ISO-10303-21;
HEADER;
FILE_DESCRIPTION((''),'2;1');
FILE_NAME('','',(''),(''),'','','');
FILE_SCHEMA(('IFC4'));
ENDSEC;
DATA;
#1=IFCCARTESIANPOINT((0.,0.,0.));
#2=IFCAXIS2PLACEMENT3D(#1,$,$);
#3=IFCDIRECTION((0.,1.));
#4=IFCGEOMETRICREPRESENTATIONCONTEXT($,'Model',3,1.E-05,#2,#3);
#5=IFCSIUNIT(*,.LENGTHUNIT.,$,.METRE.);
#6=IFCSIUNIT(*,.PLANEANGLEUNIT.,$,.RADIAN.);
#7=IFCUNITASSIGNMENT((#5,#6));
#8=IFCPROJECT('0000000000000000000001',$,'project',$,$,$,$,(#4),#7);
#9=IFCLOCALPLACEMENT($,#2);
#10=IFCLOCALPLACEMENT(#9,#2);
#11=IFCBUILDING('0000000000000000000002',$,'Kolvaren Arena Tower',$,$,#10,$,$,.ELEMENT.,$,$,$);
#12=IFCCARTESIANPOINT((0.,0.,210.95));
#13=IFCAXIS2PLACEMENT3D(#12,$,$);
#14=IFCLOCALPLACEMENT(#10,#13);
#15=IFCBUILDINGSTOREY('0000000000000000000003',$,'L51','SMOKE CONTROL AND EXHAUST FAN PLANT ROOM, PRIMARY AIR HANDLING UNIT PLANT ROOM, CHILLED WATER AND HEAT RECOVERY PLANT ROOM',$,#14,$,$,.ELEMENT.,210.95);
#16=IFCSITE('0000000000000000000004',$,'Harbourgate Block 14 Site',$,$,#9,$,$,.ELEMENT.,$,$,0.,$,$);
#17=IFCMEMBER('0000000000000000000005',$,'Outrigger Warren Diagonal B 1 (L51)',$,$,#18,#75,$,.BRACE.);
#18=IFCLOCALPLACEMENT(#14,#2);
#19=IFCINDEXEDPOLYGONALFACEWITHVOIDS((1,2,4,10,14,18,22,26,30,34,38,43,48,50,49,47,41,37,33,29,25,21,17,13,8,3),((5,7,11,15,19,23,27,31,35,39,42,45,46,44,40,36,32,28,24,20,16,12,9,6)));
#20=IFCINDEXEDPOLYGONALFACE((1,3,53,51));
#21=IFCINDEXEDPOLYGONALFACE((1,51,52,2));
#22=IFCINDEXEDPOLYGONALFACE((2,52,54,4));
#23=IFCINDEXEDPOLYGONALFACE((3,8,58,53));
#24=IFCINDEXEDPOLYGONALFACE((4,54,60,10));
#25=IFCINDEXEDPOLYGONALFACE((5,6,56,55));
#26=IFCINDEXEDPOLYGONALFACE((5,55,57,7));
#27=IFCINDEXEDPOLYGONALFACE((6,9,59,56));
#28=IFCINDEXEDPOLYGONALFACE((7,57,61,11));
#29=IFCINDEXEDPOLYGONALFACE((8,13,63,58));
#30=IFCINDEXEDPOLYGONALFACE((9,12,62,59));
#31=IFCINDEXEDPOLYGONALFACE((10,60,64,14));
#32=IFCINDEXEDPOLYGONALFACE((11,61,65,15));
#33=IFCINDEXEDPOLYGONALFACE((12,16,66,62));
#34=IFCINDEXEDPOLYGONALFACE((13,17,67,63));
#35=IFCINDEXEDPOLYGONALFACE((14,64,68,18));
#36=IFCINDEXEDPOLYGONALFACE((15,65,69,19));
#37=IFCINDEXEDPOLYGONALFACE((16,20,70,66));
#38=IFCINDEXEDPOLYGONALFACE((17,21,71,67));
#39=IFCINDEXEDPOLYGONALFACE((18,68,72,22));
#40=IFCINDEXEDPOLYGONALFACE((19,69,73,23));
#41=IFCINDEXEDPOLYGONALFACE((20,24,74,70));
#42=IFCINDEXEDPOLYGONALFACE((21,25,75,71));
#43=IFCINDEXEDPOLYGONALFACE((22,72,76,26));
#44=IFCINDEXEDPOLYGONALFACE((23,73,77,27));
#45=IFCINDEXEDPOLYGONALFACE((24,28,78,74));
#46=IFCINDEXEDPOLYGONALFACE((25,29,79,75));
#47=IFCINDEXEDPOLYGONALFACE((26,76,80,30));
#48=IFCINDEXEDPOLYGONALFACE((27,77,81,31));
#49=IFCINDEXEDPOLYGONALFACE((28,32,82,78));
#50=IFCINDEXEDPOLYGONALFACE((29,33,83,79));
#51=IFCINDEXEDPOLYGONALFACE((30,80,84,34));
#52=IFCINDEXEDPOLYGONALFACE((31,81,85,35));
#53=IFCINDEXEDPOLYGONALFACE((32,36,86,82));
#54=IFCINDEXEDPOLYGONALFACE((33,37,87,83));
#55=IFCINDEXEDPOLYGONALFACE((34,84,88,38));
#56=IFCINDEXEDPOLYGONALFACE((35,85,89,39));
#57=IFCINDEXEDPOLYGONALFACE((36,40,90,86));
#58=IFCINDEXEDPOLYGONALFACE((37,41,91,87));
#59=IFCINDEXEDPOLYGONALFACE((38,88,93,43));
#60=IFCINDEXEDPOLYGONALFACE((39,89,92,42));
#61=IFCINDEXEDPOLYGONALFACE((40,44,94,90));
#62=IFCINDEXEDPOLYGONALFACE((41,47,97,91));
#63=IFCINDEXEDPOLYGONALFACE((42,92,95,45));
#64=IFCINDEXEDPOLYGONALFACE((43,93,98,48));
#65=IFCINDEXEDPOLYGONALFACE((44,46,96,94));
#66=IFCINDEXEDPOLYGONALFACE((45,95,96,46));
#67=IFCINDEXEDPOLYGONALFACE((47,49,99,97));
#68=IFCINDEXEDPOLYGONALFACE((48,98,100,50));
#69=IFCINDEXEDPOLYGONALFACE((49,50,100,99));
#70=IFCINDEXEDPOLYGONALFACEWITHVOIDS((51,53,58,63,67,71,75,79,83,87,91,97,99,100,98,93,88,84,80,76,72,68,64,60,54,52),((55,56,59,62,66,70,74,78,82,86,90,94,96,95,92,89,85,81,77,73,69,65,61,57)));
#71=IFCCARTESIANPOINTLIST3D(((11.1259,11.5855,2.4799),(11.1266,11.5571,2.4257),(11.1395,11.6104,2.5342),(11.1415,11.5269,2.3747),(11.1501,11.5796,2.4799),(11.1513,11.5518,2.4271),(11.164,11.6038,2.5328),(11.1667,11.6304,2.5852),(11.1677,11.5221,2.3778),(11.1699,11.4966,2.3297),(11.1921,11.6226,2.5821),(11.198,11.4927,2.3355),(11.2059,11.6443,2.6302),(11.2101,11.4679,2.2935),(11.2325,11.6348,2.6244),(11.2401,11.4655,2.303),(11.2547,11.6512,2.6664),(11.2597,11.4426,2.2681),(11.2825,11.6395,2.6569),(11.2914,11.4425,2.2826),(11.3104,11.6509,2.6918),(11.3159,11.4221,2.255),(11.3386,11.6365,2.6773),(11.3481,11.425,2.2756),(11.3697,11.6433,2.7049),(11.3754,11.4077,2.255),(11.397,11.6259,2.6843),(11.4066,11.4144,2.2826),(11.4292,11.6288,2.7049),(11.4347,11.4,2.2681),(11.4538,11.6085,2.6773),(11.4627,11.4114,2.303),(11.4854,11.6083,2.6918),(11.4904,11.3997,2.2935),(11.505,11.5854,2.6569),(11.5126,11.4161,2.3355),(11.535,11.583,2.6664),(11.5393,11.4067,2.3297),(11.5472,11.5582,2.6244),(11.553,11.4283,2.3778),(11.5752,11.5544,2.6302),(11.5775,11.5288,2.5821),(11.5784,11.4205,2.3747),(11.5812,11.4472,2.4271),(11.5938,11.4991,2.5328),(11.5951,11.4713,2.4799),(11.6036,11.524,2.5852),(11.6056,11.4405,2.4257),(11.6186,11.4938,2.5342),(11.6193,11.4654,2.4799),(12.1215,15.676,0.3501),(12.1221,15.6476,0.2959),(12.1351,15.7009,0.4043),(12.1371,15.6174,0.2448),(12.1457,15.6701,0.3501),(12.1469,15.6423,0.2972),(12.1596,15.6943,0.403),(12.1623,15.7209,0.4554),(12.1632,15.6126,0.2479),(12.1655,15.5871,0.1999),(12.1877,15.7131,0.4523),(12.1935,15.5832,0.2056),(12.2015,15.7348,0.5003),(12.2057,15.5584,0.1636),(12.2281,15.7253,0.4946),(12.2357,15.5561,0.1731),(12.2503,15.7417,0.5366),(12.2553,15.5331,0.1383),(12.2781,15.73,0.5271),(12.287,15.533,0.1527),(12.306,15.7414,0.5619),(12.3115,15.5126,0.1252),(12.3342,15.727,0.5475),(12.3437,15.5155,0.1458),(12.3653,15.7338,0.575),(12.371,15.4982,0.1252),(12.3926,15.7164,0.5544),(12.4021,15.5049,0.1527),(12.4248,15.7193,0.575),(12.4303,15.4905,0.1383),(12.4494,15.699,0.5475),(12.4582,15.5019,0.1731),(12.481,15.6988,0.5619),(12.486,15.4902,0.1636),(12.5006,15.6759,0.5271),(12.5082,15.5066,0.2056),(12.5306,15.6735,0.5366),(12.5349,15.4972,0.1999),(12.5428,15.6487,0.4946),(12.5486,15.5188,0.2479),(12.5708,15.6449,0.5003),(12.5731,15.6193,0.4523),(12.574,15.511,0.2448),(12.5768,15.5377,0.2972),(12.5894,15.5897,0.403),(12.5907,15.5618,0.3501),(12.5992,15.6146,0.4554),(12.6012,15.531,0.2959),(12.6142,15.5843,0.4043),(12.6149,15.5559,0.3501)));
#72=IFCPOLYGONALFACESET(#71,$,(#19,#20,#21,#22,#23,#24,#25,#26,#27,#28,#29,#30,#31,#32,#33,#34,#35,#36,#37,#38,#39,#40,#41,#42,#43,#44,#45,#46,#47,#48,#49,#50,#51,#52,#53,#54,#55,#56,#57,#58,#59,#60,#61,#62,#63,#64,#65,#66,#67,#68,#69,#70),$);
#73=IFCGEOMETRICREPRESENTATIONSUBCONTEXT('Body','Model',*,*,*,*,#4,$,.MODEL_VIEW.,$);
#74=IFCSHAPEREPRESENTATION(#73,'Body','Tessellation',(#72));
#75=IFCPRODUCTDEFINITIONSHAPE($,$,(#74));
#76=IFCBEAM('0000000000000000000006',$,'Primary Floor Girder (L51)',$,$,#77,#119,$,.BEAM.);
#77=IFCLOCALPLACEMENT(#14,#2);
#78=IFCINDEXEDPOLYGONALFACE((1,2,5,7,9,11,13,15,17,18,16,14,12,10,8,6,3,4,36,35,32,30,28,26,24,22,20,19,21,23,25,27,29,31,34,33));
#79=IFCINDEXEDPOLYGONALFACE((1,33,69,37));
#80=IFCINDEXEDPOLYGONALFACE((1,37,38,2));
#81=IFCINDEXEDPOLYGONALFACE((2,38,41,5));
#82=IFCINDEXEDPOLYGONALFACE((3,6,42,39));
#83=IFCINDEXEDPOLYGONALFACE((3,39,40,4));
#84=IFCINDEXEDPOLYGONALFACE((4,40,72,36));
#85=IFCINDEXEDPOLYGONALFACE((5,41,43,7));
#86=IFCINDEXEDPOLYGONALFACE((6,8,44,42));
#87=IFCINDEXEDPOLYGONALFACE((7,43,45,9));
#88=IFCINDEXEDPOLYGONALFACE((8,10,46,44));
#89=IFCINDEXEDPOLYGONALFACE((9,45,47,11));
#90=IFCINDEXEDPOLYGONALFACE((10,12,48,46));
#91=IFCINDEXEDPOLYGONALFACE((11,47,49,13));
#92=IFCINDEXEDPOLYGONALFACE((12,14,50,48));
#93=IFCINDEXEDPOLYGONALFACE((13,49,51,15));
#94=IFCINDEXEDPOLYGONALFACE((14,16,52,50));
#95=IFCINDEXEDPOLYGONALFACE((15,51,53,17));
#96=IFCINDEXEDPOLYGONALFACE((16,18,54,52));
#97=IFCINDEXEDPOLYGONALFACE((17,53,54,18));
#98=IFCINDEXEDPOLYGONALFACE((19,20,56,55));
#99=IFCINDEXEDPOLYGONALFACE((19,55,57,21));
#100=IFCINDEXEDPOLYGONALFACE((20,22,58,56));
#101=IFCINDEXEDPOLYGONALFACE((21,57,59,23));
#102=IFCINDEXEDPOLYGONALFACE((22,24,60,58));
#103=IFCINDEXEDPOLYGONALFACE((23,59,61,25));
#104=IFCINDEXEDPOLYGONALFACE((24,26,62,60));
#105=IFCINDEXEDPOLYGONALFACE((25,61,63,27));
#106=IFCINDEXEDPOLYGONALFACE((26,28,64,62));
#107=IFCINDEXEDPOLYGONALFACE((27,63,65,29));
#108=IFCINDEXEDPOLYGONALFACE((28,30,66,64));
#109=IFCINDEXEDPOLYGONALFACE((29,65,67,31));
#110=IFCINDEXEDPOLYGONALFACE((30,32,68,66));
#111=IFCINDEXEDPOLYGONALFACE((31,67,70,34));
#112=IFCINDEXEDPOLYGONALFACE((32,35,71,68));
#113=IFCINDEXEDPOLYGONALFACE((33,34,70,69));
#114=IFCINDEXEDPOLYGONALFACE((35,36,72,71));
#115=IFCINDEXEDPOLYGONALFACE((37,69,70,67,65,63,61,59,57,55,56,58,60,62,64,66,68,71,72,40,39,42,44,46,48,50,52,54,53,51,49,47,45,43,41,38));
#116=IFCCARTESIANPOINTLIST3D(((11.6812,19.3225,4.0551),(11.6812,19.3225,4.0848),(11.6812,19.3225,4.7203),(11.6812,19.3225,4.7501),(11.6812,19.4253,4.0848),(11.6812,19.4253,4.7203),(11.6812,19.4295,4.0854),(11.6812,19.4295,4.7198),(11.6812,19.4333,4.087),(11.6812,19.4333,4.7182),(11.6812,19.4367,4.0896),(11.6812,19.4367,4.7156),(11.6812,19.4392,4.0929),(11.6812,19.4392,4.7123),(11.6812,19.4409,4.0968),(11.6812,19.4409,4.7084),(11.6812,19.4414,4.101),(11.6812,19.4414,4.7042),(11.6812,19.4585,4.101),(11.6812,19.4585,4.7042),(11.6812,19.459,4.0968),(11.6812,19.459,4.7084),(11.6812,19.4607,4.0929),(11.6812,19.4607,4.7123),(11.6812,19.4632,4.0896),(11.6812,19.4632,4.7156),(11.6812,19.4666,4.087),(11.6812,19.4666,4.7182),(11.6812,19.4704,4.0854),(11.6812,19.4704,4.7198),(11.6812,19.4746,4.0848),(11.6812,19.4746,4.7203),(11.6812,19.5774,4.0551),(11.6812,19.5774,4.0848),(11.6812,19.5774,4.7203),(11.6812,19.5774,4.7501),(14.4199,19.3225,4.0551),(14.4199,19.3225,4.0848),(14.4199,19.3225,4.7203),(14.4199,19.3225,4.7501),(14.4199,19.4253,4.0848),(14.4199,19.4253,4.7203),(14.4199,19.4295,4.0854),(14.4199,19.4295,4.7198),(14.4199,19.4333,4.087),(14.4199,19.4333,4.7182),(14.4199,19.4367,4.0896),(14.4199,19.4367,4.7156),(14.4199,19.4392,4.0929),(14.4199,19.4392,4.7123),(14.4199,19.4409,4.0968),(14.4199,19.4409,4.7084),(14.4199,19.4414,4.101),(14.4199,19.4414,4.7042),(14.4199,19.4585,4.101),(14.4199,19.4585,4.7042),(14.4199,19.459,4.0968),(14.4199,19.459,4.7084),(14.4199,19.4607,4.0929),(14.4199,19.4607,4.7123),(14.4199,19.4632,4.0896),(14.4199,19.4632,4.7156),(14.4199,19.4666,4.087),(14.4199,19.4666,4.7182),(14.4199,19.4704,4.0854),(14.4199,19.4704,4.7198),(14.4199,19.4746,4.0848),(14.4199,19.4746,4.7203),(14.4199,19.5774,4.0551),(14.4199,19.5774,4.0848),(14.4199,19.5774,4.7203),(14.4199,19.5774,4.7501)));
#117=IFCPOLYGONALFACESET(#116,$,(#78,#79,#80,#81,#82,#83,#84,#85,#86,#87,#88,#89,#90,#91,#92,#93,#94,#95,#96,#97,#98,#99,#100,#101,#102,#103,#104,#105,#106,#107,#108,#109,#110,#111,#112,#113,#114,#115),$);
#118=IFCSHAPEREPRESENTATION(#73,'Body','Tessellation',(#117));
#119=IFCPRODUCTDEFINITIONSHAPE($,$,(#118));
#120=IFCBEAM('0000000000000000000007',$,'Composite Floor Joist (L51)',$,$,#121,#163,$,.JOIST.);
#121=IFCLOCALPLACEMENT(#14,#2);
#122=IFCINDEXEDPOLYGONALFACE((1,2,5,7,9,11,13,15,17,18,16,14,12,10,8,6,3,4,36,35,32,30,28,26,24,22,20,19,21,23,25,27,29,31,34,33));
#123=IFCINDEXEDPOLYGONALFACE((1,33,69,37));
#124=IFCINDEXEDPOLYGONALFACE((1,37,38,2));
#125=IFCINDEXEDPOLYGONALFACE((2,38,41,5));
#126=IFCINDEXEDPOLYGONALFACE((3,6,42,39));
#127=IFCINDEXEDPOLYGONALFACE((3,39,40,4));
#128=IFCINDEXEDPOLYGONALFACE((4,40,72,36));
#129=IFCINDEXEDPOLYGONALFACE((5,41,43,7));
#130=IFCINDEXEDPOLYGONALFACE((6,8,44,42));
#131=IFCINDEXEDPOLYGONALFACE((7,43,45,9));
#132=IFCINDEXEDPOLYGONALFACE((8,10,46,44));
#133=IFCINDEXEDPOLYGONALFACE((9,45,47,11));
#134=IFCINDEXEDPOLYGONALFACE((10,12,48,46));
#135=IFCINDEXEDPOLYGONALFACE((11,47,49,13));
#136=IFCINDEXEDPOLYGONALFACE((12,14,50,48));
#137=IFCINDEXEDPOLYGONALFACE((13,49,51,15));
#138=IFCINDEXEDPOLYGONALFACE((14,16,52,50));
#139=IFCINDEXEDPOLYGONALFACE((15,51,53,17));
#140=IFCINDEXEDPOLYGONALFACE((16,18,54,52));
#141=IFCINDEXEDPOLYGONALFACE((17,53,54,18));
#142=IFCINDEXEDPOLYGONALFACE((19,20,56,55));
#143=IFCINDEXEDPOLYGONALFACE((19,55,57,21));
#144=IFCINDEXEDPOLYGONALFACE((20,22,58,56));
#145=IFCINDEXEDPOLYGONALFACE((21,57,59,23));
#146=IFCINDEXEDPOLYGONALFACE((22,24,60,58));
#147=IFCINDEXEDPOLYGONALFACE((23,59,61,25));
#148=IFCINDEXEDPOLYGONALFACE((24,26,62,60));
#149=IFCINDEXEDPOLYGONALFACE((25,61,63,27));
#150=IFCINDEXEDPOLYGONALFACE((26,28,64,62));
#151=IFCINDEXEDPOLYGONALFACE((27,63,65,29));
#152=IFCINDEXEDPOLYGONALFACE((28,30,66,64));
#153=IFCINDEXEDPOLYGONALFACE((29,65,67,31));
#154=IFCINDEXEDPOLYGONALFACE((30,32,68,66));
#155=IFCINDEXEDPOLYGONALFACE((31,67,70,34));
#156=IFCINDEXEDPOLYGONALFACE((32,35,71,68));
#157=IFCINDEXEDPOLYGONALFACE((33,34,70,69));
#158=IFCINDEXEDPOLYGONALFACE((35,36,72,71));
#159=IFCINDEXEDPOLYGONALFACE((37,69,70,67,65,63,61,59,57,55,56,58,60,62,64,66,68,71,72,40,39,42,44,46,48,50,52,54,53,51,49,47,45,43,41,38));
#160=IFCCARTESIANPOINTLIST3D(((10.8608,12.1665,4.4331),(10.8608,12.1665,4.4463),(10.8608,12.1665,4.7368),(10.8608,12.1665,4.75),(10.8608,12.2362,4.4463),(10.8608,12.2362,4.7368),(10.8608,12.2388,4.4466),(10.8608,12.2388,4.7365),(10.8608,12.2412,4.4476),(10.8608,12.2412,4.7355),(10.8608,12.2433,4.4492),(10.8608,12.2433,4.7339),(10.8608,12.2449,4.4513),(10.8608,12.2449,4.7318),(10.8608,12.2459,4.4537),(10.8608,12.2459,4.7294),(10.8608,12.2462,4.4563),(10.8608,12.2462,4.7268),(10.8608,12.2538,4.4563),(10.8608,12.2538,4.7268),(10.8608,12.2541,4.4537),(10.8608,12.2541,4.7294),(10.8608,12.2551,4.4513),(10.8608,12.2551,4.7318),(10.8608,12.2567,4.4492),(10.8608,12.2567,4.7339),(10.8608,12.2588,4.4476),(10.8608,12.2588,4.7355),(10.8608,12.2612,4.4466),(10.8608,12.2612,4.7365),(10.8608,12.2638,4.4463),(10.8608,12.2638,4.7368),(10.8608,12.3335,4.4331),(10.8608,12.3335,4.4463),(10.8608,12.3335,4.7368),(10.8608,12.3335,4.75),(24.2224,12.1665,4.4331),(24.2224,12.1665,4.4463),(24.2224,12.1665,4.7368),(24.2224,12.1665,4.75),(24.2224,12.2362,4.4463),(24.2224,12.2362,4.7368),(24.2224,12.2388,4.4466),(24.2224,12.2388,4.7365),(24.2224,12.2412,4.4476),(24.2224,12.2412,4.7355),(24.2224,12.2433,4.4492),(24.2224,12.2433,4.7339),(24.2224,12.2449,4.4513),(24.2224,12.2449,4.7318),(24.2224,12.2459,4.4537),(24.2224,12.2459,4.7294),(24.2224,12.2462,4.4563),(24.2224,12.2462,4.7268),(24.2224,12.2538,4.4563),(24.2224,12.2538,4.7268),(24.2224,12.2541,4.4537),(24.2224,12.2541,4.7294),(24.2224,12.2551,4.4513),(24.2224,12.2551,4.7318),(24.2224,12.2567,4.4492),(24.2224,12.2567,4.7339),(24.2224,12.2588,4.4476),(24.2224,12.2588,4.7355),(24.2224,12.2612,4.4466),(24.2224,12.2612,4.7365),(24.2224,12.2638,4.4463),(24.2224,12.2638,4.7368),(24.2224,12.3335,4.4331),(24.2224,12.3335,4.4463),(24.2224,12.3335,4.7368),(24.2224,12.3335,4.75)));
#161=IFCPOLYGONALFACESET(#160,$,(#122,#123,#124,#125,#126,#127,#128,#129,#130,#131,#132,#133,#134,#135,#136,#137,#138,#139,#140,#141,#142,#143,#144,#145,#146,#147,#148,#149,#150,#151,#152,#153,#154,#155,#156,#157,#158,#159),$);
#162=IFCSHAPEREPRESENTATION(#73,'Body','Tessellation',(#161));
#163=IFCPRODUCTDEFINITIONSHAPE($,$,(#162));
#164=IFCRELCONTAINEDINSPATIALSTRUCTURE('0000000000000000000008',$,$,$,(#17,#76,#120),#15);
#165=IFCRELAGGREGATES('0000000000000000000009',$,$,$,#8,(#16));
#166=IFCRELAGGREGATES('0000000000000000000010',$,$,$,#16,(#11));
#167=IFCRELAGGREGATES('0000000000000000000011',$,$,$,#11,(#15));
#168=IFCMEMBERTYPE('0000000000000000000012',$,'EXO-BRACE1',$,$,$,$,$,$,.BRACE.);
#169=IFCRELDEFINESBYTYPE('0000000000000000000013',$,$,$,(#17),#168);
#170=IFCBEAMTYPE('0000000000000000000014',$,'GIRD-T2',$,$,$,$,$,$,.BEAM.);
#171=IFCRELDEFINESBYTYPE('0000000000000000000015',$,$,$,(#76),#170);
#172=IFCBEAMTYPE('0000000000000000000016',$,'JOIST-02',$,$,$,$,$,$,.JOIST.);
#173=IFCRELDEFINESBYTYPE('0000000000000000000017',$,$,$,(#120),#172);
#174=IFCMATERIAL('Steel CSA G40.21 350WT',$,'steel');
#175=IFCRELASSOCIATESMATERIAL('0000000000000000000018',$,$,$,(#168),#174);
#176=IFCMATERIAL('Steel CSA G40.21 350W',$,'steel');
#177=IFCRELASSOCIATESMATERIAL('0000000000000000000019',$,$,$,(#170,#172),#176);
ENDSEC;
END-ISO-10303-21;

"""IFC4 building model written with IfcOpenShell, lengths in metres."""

from ifc_helpers import new_model, si_unit, direction, frame, origin, origin_2d, place, context, subcontext, project, spatial, hollow_circle, i_section, extrude, material, material_profile, profile_set, type_object, element, save


model = new_model("IFC4")

# Units and contexts
model_context = context("Model", 3, precision=1e-05, world=origin(), true_north=direction((0.0, 1.0)))
body_context = subcontext(model_context, "Body", "Model", "MODEL_VIEW")
ifc_project = project(units=[si_unit("LENGTHUNIT", "METRE"), si_unit("PLANEANGLEUNIT", "RADIAN")], contexts=[model_context])

# Site, building, storey
site_placement = place(None, origin())
site = spatial("IfcSite", under=ifc_project, at=site_placement, Name="Harbourgate Block 14 Site", CompositionType="ELEMENT", RefElevation=0.0)
building_placement = place(site_placement, origin())
building = spatial("IfcBuilding", under=site, at=building_placement, Name="Kolvaren Arena Tower", CompositionType="ELEMENT")
storey_placement = place(building_placement, frame((0.0, 0.0, 210.95)))
storey = spatial("IfcBuildingStorey", under=building, at=storey_placement, Name="L51", Description="SMOKE CONTROL AND EXHAUST FAN PLANT ROOM, PRIMARY AIR HANDLING UNIT PLANT ROOM, CHILLED WATER AND HEAT RECOVERY PLANT ROOM", CompositionType="ELEMENT", Elevation=210.95)

# Shared definitions
ifc_material_1 = material(Name="Steel CSA G40.21 350W", Category="steel")

# Member
ifc_material_2 = material(Name="Steel CSA G40.21 350WT", Category="steel")
ifc_material_profile_1 = material_profile(ifc_material_2, hollow_circle(Radius=0.2539, WallThickness=0.0249, at=origin_2d()), Name="CHS 508x25")
ifc_profile_set_1 = profile_set([ifc_material_profile_1], Name="Steel CSA G40.21 350WT")
member_type_1 = type_object("IfcMemberType", Name="EXO-BRACE1", PredefinedType="BRACE", material=ifc_profile_set_1)
member_1_placement = place(storey_placement, frame((12.3682, 15.616, 0.3501), z_axis=(-0.211018, -0.866997, 0.451428), x_axis=(0.971635, -0.236486, 0.0)))
element("IfcMember", 1, at=member_1_placement, inside=storey, type_object=member_type_1, Name="Outrigger Warren Diagonal B 1 (L51)", PredefinedType="BRACE", context=body_context, shape_type="SweptSolid", body=[
    extrude(hollow_circle(Radius=0.2539, WallThickness=0.0249, at=origin_2d()), origin(), (0.0, 0.0, 1.0), 4.718),
])

# Beams
ifc_material_profile_2 = material_profile(ifc_material_1, i_section(OverallWidth=0.2549, OverallDepth=0.6951, WebThickness=0.0171, FlangeThickness=0.0298, FilletRadius=0.0161, at=origin_2d()), Name="W690x217")
ifc_profile_set_2 = profile_set([ifc_material_profile_2], Name="Steel CSA G40.21 350W")
beam_type_1 = type_object("IfcBeamType", Name="GIRD-T2", PredefinedType="BEAM", material=ifc_profile_set_2)
beam_1_placement = place(storey_placement, frame((11.6812, 19.45, 4.4026), z_axis=(1.0, 0.0, 0.0), x_axis=(0.0, 1.0, 0.0)))
element("IfcBeam", 2, at=beam_1_placement, inside=storey, type_object=beam_type_1, Name="Primary Floor Girder (L51)", PredefinedType="BEAM", context=body_context, shape_type="SweptSolid", body=[
    extrude(i_section(OverallWidth=0.2549, OverallDepth=0.6951, WebThickness=0.0171, FlangeThickness=0.0298, FilletRadius=0.0161, at=origin_2d()), origin(), (0.0, 0.0, 1.0), 2.7388),
])
ifc_material_profile_3 = material_profile(ifc_material_1, i_section(OverallWidth=0.167, OverallDepth=0.3169, WebThickness=0.0076, FlangeThickness=0.0132, FilletRadius=0.01, at=origin_2d()), Name="W310x52")
ifc_profile_set_3 = profile_set([ifc_material_profile_3], Name="Steel CSA G40.21 350W")
beam_type_2 = type_object("IfcBeamType", Name="JOIST-02", PredefinedType="JOIST", material=ifc_profile_set_3)
beam_2_placement = place(storey_placement, frame((10.8608, 12.25, 4.5916), z_axis=(1.0, 0.0, 0.0), x_axis=(0.0, 1.0, 0.0)))
element("IfcBeam", 3, at=beam_2_placement, inside=storey, type_object=beam_type_2, Name="Composite Floor Joist (L51)", PredefinedType="JOIST", context=body_context, shape_type="SweptSolid", body=[
    extrude(i_section(OverallWidth=0.167, OverallDepth=0.3169, WebThickness=0.0076, FlangeThickness=0.0132, FilletRadius=0.01, at=origin_2d()), origin(), (0.0, 0.0, 1.0), 13.3616),
])

save(model, "model.ifc")
